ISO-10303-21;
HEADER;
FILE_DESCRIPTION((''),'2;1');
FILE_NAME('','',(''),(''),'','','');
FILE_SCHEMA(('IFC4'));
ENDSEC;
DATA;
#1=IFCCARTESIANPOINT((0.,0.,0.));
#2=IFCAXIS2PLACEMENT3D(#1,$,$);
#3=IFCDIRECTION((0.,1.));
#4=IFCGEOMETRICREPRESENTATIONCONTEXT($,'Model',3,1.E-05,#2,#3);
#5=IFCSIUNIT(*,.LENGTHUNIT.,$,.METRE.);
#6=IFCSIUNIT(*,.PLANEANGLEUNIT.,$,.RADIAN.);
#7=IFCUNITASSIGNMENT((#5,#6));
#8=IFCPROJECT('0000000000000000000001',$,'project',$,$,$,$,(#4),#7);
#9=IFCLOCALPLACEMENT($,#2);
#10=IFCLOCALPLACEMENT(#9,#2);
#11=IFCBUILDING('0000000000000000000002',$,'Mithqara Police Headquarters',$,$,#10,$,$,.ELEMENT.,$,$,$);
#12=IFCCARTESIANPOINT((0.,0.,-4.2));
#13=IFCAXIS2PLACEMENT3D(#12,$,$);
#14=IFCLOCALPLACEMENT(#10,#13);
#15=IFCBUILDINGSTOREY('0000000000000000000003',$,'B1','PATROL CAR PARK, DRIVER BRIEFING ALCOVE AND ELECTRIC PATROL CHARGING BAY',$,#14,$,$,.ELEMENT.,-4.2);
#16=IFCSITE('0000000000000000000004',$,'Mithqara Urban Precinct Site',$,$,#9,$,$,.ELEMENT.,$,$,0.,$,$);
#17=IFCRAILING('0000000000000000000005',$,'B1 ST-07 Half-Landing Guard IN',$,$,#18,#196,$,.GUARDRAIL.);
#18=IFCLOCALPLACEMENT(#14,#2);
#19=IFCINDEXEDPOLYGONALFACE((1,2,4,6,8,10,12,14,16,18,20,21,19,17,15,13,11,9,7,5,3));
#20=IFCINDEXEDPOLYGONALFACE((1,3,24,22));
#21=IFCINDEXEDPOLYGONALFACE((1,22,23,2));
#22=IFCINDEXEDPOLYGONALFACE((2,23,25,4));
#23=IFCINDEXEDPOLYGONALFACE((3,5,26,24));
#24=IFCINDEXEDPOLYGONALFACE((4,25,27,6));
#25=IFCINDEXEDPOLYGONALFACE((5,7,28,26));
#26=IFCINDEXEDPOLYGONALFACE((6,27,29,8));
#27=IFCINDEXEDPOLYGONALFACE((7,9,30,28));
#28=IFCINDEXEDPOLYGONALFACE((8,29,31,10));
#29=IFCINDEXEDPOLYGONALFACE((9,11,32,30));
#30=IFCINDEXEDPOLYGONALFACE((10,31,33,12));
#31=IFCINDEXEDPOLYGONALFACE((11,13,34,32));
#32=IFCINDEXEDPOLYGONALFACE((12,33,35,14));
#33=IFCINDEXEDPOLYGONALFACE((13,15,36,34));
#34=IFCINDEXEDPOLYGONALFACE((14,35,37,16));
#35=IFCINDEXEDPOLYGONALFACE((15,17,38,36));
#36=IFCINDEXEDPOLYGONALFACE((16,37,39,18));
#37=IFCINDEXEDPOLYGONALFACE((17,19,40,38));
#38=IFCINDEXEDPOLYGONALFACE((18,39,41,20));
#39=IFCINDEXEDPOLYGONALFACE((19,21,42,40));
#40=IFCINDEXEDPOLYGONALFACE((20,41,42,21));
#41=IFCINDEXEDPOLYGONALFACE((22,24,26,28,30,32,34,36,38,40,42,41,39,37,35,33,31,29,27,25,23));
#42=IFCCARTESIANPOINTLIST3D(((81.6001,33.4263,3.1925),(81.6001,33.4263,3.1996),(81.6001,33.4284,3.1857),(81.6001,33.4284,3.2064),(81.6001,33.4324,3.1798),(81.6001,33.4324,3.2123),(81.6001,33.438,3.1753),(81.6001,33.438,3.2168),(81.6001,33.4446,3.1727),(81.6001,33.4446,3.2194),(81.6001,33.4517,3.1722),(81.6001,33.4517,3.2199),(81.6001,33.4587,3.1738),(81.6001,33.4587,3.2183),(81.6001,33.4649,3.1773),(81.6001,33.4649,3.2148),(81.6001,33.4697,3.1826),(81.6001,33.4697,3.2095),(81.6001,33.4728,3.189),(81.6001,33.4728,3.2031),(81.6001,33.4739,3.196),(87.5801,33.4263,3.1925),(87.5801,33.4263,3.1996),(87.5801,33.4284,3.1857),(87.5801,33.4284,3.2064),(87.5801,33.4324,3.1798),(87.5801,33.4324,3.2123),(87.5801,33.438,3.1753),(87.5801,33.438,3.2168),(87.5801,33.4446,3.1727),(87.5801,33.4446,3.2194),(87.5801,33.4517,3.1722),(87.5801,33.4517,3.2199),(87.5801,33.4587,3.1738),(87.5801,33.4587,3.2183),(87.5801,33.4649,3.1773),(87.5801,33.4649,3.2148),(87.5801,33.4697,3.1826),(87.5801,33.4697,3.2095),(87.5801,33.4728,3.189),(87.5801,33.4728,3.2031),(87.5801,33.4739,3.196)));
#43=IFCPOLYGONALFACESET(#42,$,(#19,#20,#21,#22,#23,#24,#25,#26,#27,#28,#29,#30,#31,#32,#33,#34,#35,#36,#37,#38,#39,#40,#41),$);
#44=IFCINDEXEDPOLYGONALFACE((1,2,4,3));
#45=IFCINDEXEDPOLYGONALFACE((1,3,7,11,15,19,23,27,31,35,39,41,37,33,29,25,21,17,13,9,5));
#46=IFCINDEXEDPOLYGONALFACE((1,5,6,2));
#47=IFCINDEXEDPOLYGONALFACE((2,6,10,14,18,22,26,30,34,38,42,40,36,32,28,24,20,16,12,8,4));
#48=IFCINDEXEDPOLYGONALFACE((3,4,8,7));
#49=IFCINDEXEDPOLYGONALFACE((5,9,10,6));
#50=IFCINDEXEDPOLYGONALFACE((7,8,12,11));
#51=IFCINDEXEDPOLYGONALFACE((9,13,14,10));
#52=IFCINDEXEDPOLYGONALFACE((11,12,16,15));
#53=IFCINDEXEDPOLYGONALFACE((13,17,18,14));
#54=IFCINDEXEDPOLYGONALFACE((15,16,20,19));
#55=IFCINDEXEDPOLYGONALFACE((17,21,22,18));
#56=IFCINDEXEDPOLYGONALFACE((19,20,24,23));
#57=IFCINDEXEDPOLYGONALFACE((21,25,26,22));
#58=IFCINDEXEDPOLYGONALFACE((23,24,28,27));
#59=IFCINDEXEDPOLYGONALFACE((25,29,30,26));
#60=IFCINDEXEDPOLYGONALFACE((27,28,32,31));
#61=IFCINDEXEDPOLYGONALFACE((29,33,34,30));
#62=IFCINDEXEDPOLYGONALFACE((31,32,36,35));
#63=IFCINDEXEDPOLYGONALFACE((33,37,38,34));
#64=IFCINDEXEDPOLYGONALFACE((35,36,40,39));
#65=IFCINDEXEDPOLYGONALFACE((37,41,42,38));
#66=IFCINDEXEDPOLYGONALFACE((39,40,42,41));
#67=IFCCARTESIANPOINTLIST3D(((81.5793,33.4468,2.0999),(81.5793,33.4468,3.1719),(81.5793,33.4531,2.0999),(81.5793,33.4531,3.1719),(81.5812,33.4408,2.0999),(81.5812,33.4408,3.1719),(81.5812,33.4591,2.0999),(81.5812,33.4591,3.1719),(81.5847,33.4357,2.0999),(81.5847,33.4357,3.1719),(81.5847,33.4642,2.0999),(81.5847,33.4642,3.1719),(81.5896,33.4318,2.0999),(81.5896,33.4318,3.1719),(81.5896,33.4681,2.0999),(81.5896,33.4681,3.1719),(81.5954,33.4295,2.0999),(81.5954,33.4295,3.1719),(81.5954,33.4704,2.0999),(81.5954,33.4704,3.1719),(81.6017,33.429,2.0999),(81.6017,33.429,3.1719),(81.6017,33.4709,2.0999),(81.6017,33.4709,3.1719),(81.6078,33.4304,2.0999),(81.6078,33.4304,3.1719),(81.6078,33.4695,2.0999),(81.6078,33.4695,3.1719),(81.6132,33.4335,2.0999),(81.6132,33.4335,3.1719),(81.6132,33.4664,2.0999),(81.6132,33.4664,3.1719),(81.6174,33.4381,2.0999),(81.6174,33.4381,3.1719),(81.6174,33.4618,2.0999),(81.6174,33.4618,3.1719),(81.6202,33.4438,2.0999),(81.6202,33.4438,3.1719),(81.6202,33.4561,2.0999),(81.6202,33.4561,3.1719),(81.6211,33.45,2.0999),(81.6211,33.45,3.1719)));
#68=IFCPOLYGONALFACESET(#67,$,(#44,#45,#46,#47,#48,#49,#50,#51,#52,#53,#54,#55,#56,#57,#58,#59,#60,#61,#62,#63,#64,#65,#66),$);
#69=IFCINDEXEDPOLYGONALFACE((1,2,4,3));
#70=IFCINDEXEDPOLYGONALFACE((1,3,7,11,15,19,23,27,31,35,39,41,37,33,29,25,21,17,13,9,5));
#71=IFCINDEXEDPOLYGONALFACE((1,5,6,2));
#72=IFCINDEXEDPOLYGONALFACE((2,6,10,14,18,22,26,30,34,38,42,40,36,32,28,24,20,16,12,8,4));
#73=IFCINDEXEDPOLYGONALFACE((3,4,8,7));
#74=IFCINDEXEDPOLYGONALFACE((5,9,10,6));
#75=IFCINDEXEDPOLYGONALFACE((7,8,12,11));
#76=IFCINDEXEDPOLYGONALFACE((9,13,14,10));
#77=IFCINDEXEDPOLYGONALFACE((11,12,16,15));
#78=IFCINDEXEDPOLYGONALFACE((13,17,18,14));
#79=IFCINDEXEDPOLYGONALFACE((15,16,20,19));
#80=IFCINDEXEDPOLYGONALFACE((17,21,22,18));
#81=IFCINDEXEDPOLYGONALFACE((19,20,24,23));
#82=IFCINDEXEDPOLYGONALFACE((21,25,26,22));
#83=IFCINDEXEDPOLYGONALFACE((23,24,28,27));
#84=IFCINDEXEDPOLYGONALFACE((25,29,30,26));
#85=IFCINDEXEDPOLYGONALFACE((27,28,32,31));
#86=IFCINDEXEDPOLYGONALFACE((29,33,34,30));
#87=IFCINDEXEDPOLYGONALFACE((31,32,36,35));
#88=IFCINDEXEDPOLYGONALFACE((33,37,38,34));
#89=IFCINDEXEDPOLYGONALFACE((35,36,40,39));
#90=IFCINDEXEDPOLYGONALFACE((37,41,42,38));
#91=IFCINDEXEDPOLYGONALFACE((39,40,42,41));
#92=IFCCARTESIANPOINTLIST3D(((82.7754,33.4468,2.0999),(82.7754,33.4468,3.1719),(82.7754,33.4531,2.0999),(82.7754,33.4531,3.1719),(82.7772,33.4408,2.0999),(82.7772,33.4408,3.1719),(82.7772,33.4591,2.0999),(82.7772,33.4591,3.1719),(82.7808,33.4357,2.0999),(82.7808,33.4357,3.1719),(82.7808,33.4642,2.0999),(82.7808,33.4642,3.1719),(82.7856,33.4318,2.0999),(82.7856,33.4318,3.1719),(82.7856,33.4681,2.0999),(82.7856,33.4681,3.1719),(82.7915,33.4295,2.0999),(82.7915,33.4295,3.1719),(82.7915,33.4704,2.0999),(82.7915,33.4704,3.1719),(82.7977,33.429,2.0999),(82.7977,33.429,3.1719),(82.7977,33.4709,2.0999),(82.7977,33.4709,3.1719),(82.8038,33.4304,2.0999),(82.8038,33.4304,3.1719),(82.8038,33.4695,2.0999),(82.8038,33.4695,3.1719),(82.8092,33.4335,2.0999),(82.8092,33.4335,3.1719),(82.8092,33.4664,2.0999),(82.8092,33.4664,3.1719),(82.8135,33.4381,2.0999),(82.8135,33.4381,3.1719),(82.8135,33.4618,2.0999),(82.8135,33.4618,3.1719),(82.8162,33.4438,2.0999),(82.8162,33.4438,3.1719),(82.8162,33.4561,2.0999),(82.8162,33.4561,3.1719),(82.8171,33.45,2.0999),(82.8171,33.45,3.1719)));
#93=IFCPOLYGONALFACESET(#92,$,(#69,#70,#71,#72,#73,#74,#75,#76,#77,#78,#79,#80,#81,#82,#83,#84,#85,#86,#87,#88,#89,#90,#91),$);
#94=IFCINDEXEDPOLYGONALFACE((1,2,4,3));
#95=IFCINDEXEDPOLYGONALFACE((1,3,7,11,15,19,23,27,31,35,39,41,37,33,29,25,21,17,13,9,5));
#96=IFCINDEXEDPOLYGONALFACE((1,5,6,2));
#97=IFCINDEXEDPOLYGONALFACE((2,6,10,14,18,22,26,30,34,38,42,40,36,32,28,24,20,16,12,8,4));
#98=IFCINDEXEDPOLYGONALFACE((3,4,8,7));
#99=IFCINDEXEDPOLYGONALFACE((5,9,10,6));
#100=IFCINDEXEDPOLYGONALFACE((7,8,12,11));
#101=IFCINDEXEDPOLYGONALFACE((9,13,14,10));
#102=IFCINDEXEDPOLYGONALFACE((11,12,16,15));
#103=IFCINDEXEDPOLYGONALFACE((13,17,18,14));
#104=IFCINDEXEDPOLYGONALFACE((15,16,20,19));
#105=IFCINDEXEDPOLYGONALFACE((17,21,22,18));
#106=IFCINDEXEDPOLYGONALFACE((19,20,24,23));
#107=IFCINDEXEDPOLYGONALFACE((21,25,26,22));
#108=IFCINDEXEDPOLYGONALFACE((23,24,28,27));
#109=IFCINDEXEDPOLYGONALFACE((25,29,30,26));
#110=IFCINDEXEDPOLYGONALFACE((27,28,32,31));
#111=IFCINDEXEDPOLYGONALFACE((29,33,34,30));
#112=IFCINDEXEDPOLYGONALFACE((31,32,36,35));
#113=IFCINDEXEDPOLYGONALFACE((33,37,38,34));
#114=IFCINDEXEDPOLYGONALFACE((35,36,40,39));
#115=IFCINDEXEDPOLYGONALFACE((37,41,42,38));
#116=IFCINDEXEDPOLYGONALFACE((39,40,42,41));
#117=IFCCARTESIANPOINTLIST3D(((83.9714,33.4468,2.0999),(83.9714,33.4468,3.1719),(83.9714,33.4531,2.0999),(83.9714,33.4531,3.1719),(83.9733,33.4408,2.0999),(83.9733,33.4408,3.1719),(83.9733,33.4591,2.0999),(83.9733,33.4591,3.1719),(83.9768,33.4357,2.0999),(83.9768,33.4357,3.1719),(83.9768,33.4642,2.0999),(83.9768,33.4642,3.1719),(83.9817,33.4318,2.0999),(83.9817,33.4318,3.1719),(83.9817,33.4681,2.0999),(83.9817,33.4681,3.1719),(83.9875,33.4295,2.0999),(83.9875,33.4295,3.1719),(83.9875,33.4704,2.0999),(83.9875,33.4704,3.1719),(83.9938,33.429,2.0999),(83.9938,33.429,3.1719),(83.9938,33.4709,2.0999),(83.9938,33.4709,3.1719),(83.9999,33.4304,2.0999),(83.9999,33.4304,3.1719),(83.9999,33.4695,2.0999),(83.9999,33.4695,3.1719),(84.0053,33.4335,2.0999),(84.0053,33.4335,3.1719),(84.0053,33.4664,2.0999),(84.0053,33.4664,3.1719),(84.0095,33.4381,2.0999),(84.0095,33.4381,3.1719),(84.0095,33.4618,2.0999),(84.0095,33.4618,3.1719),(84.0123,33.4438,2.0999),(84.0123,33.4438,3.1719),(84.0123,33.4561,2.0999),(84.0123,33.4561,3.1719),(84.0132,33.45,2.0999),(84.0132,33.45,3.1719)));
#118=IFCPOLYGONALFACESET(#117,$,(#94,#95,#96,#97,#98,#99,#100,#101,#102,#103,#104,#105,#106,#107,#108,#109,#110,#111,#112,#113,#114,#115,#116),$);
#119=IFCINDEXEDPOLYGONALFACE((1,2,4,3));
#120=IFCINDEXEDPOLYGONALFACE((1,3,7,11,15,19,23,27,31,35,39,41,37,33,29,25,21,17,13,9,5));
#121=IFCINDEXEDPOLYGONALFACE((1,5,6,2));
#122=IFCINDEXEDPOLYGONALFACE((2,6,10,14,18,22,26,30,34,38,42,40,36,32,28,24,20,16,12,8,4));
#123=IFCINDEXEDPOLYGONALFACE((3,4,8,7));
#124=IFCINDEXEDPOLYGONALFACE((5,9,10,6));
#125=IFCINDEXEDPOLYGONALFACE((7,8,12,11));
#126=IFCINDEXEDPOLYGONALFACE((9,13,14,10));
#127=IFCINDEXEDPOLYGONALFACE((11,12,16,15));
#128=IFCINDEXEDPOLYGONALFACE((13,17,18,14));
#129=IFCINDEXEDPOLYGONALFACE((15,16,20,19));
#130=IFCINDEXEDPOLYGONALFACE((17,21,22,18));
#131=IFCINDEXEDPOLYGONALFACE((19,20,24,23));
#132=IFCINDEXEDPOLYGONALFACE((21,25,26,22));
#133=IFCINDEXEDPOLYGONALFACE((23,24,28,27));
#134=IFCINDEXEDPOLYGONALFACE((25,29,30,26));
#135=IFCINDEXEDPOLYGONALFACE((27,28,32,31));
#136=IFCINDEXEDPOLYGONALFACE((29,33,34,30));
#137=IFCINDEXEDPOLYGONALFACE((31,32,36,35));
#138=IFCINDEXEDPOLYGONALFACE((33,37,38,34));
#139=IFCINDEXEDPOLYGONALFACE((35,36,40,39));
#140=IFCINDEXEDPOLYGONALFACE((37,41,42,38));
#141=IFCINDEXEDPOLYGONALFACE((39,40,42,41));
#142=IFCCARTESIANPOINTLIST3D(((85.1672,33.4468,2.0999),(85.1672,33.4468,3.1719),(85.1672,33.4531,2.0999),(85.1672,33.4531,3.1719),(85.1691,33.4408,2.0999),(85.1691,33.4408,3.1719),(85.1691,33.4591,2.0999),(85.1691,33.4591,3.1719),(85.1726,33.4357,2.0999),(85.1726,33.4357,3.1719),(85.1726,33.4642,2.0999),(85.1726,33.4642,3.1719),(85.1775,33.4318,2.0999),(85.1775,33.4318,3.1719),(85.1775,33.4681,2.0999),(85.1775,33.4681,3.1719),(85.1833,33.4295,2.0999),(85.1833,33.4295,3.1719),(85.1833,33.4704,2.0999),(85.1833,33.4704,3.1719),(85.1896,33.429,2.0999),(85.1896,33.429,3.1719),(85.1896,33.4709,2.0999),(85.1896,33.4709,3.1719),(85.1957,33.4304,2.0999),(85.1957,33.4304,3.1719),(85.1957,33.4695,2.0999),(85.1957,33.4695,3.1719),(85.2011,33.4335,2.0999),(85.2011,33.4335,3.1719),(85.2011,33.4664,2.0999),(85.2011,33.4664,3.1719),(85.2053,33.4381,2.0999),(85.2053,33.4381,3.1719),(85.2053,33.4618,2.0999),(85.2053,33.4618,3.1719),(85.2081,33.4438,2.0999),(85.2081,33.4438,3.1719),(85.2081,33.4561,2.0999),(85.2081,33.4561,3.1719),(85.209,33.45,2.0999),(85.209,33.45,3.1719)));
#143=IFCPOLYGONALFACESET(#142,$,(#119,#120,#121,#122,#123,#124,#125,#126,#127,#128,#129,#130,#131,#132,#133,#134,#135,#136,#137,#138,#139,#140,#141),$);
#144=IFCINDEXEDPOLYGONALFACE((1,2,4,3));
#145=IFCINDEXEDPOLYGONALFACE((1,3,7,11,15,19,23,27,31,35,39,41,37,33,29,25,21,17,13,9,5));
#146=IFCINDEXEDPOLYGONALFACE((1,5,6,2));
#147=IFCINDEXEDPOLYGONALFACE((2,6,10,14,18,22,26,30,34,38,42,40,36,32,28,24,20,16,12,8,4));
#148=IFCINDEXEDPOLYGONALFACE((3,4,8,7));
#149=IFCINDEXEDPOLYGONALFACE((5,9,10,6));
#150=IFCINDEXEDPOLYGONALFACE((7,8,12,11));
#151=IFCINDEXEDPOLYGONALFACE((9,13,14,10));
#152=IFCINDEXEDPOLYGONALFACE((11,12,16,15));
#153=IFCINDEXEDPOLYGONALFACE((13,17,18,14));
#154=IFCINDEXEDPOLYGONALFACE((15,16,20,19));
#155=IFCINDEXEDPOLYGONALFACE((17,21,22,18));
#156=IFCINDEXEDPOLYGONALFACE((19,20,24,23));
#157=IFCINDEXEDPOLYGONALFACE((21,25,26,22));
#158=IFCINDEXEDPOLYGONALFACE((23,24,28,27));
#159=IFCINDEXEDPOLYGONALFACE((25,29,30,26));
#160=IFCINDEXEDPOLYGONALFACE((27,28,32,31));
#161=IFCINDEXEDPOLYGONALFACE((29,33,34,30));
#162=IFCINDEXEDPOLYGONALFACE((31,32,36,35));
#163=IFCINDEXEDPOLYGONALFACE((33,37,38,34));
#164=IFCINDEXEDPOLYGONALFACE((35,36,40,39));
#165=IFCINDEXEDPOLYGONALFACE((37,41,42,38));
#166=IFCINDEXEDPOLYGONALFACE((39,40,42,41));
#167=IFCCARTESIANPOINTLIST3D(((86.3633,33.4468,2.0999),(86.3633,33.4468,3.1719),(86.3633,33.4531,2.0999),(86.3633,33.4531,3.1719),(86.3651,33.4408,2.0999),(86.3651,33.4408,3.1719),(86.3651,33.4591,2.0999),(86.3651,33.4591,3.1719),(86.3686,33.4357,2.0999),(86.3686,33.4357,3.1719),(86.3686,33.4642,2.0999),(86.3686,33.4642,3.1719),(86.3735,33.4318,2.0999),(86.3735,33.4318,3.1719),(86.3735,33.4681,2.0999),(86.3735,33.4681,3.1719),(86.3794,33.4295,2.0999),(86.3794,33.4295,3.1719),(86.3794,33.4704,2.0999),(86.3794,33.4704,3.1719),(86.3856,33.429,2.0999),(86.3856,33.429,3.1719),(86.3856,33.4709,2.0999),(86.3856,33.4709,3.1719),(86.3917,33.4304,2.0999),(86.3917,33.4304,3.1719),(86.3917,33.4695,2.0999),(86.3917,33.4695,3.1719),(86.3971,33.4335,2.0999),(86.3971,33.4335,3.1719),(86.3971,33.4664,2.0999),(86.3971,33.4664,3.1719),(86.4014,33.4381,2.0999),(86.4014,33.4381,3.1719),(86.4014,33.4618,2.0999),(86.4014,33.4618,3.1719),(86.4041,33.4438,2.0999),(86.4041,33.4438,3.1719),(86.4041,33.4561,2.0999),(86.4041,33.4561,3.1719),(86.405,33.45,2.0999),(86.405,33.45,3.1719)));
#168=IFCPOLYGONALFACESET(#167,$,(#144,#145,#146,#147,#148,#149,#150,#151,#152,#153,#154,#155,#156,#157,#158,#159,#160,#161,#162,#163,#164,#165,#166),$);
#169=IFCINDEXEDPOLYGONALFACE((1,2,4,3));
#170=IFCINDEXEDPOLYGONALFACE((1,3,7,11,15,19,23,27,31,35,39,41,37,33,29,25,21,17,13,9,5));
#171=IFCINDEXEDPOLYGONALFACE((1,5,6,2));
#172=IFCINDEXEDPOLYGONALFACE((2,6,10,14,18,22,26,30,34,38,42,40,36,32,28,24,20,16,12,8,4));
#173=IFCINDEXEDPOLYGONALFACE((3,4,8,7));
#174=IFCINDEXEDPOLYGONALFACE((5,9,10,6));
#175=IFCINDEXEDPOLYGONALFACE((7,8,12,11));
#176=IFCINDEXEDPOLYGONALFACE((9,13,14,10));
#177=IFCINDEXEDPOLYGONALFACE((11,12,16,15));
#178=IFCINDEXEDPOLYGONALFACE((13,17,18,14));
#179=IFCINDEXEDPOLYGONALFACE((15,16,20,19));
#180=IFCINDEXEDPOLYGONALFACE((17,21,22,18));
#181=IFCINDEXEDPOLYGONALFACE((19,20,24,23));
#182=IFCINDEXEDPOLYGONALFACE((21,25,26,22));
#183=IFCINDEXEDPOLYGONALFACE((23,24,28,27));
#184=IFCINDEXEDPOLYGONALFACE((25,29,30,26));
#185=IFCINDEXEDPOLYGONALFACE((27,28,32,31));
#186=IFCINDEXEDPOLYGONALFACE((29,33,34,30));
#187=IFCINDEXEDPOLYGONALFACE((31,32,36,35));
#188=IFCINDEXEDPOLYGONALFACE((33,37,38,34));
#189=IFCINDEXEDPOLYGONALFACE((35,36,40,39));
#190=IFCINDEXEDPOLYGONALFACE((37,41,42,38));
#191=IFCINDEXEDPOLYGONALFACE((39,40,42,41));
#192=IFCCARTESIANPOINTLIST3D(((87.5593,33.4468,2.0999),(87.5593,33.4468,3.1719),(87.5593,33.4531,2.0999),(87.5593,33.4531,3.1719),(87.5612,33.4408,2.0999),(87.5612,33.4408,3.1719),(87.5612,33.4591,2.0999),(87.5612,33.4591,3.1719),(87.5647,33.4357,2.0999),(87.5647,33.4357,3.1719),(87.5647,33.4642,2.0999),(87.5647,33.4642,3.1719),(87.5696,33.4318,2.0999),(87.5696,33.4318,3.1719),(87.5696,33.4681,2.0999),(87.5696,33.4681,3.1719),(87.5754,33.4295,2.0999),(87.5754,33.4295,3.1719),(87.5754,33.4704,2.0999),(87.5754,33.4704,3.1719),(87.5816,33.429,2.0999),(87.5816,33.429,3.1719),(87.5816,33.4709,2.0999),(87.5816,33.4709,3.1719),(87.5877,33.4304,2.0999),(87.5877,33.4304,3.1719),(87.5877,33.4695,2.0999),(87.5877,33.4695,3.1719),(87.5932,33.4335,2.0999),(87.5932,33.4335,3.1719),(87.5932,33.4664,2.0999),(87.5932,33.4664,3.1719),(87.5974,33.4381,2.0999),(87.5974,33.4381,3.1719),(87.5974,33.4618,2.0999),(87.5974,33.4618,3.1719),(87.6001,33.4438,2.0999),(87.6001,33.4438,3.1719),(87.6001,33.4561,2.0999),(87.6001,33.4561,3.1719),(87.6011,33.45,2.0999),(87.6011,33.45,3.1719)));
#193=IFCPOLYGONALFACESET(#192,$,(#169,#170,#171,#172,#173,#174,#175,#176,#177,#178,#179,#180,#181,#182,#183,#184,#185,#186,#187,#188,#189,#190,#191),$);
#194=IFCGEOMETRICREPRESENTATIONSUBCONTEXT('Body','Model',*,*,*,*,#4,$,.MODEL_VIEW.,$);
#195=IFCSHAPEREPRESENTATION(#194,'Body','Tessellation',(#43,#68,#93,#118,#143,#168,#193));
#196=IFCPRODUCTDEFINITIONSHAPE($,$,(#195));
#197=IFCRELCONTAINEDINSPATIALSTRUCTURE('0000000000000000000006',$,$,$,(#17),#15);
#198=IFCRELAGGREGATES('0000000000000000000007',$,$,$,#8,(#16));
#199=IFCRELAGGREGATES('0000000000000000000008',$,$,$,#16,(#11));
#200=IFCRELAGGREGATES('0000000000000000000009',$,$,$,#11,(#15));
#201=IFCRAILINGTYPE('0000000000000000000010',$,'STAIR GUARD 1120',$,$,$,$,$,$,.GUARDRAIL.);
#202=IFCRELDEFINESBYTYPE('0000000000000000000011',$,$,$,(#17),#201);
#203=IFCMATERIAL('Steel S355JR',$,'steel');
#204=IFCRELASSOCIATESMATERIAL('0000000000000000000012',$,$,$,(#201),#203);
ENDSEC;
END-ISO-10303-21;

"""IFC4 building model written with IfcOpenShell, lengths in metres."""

from ifc_helpers import new_model, si_unit, direction, frame, origin, origin_2d, place, context, subcontext, project, spatial, circle, extrude, material, type_object, element, save


model = new_model("IFC4")

# Units and contexts
model_context = context("Model", 3, precision=1e-05, world=origin(), true_north=direction((0.0, 1.0)))
body_context = subcontext(model_context, "Body", "Model", "MODEL_VIEW")
ifc_project = project(units=[si_unit("LENGTHUNIT", "METRE"), si_unit("PLANEANGLEUNIT", "RADIAN")], contexts=[model_context])

# Site, building, storey
site_placement = place(None, origin())
site = spatial("IfcSite", under=ifc_project, at=site_placement, Name="Mithqara Urban Precinct Site", CompositionType="ELEMENT", RefElevation=0.0)
building_placement = place(site_placement, origin())
building = spatial("IfcBuilding", under=site, at=building_placement, Name="Mithqara Police Headquarters", CompositionType="ELEMENT")
storey_placement = place(building_placement, frame((0.0, 0.0, -4.2)))
storey = spatial("IfcBuildingStorey", under=building, at=storey_placement, Name="B1", Description="PATROL CAR PARK, DRIVER BRIEFING ALCOVE AND ELECTRIC PATROL CHARGING BAY", CompositionType="ELEMENT", Elevation=-4.2)

# Railing
ifc_material_1 = material(Name="Steel S355JR", Category="steel")
railing_type_1 = type_object("IfcRailingType", Name="STAIR GUARD 1120", PredefinedType="GUARDRAIL", material=ifc_material_1)
for number, where, name in (
    (1, (81.6001, 33.45, 2.0999), "B1 ST-07 Half-Landing Guard IN"),
):
    element("IfcRailing", number, at=place(storey_placement, frame(where)), inside=storey, type_object=railing_type_1, Name=name, PredefinedType="GUARDRAIL", context=body_context, shape_type="SweptSolid", body=[
        extrude(circle(Radius=0.0239, at=origin_2d()), frame((0.0, 0.0, 1.0962), z_axis=(1.0, 0.0, 0.0), x_axis=(0.0, 1.0, 0.0)), (0.0, 0.0, 1.0), 5.98),
        extrude(circle(Radius=0.021, at=origin_2d()), origin(), (0.0, 0.0, 1.0), 1.072),
        extrude(circle(Radius=0.021, at=origin_2d()), frame((1.196, 0.0, 0.0)), (0.0, 0.0, 1.0), 1.072),
        extrude(circle(Radius=0.021, at=origin_2d()), frame((2.3921, 0.0, 0.0)), (0.0, 0.0, 1.0), 1.072),
        extrude(circle(Radius=0.021, at=origin_2d()), frame((3.5879, 0.0, 0.0)), (0.0, 0.0, 1.0), 1.072),
        extrude(circle(Radius=0.021, at=origin_2d()), frame((4.7839, 0.0, 0.0)), (0.0, 0.0, 1.0), 1.072),
        extrude(circle(Radius=0.021, at=origin_2d()), frame((5.98, 0.0, 0.0)), (0.0, 0.0, 1.0), 1.072),
    ])

save(model, "model.ifc")
